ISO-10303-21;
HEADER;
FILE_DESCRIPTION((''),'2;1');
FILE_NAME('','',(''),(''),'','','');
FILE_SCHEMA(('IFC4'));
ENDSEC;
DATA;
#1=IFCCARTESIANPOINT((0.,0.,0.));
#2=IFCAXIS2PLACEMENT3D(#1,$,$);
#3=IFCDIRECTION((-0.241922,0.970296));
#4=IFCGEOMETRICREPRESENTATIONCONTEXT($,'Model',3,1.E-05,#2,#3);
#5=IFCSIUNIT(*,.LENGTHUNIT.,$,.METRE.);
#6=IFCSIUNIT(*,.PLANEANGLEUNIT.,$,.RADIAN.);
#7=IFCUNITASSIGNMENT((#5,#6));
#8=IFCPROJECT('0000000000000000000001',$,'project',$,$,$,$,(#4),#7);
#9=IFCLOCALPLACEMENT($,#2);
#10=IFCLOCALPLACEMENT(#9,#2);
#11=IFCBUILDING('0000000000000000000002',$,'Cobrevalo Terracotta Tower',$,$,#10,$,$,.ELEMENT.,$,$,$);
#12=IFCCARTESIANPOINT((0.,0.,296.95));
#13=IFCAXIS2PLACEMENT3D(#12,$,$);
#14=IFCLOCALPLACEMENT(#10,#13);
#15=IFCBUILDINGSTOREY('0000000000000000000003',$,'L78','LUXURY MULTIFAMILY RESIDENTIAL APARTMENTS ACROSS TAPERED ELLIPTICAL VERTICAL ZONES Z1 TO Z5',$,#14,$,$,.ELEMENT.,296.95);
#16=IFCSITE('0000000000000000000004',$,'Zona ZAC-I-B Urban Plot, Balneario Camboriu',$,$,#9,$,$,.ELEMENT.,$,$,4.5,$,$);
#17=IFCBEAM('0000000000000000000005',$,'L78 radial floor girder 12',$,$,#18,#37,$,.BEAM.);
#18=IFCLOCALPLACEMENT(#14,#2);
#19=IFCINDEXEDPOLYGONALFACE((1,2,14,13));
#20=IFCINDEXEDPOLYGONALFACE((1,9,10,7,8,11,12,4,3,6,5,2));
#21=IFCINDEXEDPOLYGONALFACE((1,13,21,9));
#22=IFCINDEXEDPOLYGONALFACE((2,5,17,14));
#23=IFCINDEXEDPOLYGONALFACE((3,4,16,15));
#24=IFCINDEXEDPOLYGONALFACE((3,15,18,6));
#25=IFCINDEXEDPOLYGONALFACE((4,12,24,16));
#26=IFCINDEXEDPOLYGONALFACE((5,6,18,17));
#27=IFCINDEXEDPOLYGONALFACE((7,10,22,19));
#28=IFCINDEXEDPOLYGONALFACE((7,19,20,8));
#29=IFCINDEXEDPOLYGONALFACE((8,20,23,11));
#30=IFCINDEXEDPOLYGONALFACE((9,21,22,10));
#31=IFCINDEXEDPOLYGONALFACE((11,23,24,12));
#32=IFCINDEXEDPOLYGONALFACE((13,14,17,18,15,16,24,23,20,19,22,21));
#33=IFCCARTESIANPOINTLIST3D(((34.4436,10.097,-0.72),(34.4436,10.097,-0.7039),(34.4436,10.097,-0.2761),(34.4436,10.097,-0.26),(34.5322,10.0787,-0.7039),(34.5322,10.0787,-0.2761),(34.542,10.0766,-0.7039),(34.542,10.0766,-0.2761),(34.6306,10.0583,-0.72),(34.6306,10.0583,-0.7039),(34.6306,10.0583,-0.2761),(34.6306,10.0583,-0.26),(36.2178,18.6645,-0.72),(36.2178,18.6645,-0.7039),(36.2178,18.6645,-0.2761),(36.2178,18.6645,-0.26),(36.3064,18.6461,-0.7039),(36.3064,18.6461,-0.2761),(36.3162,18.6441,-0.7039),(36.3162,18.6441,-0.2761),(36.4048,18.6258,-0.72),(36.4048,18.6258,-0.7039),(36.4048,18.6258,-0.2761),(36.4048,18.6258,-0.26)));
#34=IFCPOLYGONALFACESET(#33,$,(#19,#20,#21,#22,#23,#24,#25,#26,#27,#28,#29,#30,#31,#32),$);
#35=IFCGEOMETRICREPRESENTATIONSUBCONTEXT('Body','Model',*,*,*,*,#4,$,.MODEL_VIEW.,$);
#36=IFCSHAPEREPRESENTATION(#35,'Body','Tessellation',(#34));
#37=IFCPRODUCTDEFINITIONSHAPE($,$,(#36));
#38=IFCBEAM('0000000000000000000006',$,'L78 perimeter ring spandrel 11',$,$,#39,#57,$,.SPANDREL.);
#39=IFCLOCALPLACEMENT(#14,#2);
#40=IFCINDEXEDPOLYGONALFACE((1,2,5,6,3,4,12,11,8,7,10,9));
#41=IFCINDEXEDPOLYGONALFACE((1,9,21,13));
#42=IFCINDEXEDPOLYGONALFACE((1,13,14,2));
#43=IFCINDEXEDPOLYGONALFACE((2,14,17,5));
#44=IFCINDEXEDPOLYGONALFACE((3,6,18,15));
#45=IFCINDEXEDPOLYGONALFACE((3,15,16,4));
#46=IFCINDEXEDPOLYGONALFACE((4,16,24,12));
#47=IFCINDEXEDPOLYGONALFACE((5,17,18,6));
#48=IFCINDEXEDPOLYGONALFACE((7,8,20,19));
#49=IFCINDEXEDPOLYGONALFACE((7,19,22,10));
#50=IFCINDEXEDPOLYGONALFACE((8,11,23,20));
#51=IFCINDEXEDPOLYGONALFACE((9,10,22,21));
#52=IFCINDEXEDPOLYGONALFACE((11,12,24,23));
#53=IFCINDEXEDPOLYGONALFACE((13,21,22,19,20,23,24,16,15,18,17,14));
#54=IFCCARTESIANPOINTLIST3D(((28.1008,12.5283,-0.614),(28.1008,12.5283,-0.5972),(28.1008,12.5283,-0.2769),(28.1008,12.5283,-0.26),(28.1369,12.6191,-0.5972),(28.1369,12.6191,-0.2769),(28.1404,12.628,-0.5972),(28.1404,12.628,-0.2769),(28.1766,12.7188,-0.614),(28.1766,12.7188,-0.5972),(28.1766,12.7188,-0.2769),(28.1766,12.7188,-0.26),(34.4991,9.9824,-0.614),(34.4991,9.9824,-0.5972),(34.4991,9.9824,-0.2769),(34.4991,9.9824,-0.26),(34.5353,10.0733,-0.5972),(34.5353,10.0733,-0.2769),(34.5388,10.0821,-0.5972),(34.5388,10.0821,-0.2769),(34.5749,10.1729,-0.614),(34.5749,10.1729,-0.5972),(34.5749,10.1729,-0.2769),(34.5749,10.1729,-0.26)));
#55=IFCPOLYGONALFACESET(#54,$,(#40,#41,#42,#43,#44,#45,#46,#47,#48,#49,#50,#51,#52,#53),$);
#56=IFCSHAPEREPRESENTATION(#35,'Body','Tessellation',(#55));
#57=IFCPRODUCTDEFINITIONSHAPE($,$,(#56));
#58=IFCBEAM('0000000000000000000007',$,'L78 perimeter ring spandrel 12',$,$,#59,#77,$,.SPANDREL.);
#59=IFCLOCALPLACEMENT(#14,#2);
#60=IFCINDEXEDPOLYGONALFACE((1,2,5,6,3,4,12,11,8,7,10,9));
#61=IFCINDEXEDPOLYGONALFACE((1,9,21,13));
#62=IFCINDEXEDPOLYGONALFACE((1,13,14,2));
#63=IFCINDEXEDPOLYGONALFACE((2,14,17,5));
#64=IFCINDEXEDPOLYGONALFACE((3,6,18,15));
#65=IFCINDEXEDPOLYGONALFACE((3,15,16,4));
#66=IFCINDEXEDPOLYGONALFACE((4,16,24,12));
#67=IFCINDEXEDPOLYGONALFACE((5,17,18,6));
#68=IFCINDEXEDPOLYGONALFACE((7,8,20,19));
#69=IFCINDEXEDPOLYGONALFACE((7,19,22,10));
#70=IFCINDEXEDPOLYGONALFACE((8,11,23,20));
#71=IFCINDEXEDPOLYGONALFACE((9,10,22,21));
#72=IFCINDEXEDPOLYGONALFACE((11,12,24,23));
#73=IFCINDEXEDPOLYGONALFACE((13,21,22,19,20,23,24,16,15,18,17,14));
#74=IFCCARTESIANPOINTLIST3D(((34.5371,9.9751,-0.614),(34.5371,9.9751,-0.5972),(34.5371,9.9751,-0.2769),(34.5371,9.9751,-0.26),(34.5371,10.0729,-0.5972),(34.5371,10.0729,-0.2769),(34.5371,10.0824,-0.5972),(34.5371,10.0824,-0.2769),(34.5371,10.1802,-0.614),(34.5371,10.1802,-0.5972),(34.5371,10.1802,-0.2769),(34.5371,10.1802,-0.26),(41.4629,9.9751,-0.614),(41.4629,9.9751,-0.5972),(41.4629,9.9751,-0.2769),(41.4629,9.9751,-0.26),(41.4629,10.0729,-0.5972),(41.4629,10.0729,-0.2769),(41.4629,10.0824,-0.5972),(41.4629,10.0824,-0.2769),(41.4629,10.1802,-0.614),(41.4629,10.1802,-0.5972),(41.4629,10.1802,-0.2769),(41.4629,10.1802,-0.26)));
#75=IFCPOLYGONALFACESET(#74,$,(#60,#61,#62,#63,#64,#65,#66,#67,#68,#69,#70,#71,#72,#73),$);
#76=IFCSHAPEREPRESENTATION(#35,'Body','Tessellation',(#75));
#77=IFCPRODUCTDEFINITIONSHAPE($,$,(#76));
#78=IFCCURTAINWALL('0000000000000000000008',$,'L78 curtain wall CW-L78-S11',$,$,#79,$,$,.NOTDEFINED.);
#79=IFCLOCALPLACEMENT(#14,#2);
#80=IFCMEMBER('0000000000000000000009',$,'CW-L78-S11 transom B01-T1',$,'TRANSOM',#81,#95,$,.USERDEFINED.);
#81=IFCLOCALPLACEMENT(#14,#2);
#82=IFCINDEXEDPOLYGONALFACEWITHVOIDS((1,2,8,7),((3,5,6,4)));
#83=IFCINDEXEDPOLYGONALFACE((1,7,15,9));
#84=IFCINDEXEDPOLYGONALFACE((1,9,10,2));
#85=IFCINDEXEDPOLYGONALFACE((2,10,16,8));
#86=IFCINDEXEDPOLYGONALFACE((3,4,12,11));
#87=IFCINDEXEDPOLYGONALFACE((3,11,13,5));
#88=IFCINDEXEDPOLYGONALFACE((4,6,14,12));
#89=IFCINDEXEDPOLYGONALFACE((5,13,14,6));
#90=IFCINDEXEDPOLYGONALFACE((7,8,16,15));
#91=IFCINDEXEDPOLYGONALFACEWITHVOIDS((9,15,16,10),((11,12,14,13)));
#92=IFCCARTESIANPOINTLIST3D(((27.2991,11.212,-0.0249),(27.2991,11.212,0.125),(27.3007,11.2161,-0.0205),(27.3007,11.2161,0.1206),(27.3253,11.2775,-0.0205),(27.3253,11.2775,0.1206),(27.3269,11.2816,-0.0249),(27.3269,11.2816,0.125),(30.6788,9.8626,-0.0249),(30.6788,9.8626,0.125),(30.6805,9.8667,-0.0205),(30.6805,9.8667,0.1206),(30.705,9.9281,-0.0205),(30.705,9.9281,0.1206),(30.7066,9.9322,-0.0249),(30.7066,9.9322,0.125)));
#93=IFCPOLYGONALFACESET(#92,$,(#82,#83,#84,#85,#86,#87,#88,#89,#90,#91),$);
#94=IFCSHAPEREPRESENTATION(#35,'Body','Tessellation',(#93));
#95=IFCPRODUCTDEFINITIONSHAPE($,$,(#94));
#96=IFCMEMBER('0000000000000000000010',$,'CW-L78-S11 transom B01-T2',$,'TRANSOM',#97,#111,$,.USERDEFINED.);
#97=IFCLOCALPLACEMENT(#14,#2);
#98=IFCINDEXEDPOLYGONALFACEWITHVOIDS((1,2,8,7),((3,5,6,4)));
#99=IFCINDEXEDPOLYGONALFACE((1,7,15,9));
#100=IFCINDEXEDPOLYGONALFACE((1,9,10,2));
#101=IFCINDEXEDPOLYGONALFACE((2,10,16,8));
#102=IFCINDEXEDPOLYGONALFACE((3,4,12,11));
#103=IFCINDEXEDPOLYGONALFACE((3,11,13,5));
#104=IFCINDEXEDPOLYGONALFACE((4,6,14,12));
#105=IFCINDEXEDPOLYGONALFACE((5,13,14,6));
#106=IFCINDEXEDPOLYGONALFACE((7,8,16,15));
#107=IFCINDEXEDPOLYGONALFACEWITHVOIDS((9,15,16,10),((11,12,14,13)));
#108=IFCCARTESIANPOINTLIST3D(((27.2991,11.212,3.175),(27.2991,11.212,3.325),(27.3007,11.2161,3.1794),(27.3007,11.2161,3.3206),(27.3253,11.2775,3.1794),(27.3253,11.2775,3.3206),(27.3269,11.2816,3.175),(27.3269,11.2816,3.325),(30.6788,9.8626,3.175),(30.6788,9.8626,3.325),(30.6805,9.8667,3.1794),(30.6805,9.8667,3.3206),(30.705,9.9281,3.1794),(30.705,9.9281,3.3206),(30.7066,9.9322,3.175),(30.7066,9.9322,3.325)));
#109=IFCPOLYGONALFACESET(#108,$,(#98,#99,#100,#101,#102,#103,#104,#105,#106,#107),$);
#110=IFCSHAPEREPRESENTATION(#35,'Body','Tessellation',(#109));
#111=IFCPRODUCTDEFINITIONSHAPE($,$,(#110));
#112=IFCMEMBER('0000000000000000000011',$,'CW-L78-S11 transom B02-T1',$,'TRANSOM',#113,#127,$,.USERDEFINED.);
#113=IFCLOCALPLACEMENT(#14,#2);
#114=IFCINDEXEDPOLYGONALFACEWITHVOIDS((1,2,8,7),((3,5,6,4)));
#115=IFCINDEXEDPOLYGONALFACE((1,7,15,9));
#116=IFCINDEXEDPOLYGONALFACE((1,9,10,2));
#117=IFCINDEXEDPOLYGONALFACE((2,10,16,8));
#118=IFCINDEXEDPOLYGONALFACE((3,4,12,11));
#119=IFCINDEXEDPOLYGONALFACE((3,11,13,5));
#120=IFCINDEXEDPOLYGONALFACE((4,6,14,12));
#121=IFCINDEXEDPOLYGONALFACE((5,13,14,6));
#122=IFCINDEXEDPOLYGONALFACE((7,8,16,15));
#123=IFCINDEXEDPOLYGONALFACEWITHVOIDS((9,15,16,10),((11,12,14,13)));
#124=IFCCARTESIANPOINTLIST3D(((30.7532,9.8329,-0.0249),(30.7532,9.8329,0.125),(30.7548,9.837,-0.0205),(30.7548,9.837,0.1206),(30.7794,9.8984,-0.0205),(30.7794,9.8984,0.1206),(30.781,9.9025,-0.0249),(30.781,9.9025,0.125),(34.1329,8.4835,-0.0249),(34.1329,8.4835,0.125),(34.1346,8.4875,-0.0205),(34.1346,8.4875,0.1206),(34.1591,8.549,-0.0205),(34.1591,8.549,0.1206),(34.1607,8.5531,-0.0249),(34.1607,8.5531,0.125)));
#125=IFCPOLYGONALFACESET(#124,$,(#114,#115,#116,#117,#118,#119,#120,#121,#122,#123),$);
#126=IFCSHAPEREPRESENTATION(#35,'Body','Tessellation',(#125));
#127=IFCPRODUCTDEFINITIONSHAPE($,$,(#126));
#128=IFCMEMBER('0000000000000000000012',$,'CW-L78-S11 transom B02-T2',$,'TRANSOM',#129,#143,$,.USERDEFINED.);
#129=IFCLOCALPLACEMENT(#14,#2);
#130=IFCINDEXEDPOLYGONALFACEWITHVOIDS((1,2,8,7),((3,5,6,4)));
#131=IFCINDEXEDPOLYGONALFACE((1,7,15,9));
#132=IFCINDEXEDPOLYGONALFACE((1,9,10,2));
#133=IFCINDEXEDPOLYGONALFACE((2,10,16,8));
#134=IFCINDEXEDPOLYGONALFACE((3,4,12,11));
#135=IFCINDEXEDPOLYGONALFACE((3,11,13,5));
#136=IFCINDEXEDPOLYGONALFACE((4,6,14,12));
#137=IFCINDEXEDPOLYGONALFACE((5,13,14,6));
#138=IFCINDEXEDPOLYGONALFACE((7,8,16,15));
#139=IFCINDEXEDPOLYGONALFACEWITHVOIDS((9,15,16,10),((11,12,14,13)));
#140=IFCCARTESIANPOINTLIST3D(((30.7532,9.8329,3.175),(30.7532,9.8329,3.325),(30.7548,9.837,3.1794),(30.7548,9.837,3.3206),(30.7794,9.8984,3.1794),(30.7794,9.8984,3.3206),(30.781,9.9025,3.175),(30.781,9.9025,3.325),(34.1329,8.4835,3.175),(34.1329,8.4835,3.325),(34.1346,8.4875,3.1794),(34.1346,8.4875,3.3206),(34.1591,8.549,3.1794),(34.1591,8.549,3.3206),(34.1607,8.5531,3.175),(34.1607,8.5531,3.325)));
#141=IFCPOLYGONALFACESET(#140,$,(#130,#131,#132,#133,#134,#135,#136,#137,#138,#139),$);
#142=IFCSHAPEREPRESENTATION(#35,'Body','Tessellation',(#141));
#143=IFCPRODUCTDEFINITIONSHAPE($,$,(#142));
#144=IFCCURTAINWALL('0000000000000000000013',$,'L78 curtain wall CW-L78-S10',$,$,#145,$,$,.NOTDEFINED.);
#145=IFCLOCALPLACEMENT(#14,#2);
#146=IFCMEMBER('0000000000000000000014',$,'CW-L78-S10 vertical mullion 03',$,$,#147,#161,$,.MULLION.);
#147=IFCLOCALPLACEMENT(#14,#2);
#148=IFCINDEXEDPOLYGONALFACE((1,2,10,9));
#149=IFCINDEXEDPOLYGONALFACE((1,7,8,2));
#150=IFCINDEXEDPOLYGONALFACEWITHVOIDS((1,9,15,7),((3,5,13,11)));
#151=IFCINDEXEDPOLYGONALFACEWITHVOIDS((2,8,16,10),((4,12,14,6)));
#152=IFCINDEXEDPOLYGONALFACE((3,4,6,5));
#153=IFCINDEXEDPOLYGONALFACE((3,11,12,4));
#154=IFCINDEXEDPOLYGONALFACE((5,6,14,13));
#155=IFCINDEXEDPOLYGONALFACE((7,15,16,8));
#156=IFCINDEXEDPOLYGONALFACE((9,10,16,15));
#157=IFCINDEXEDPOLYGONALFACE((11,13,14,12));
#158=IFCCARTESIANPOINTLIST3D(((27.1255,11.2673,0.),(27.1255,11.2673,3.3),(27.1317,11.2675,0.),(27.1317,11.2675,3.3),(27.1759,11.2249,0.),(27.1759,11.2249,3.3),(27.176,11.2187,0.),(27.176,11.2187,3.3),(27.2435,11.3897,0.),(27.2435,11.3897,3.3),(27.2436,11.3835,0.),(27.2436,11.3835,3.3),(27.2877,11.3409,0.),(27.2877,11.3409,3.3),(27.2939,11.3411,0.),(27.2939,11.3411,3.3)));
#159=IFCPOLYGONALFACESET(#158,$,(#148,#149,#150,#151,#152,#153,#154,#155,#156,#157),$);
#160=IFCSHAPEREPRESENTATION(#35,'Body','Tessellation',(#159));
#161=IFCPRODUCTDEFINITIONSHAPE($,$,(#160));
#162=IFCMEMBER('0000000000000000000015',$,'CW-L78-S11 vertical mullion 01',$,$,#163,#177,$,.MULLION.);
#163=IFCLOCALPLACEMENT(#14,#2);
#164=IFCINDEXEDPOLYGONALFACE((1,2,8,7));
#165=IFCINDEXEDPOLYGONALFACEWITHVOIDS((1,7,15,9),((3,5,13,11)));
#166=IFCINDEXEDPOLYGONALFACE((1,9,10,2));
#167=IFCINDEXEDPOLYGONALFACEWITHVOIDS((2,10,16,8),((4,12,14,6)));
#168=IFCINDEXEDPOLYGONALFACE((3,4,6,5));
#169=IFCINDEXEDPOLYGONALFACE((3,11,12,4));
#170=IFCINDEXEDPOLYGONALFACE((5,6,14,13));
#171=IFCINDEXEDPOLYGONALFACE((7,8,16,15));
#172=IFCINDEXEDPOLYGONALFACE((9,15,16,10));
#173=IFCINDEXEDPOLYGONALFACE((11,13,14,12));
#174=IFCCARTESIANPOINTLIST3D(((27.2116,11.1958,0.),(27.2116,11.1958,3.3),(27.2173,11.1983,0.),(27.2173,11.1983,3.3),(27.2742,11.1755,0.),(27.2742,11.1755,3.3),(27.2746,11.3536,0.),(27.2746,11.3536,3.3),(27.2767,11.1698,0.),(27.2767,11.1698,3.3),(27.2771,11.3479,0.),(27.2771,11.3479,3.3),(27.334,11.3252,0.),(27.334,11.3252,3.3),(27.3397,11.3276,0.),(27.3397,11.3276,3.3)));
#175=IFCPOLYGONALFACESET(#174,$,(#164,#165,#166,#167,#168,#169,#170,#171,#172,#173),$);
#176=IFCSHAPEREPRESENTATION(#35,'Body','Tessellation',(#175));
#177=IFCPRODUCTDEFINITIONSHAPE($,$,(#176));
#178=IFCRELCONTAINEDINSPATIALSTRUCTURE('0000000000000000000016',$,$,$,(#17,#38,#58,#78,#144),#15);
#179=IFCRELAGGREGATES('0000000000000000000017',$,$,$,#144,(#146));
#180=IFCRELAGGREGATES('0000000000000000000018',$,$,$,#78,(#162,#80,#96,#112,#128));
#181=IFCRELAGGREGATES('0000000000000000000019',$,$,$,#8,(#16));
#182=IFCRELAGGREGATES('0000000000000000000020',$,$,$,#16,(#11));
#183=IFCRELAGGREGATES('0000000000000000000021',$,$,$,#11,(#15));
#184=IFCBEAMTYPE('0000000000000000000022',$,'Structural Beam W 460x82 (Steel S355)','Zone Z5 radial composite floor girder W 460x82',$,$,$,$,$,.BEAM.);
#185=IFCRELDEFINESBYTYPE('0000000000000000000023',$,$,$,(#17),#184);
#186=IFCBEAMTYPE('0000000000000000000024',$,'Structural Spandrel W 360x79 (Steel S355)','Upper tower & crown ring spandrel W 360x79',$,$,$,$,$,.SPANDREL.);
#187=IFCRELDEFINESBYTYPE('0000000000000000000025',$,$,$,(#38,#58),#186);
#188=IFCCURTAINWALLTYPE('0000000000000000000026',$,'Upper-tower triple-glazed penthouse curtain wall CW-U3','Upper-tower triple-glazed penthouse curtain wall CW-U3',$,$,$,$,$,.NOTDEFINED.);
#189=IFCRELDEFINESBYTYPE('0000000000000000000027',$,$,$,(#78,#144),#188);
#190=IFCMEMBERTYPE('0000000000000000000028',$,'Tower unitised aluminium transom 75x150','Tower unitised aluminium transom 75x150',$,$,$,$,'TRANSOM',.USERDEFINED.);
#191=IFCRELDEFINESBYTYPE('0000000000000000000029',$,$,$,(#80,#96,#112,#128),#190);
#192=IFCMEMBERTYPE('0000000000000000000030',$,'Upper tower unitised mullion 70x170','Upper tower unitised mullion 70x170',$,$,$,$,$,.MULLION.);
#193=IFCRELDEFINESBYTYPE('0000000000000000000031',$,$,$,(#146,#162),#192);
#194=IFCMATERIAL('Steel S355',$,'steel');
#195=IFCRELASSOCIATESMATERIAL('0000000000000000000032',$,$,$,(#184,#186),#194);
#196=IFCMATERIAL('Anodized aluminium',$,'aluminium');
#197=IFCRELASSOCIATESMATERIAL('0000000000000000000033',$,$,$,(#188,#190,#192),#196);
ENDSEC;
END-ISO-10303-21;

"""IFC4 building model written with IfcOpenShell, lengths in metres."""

from ifc_helpers import new_model, si_unit, direction, frame, origin, origin_2d, place, context, subcontext, project, spatial, hollow_rectangle, i_section, extrude, source, transform, mapped, material, material_profile, profile_set, type_object, element, aggregate, save


model = new_model("IFC4")

# Units and contexts
model_context = context("Model", 3, precision=1e-05, world=origin(), true_north=direction((-0.241922, 0.970296)))
body_context = subcontext(model_context, "Body", "Model", "MODEL_VIEW")
ifc_project = project(units=[si_unit("LENGTHUNIT", "METRE"), si_unit("PLANEANGLEUNIT", "RADIAN")], contexts=[model_context])

# Site, building, storey
site_placement = place(None, origin())
site = spatial("IfcSite", under=ifc_project, at=site_placement, Name="Zona ZAC-I-B Urban Plot, Balneario Camboriu", CompositionType="ELEMENT", RefElevation=4.5)
building_placement = place(site_placement, origin())
building = spatial("IfcBuilding", under=site, at=building_placement, Name="Cobrevalo Terracotta Tower", CompositionType="ELEMENT")
storey_placement = place(building_placement, frame((0.0, 0.0, 296.95)))
storey = spatial("IfcBuildingStorey", under=building, at=storey_placement, Name="L78", Description="LUXURY MULTIFAMILY RESIDENTIAL APARTMENTS ACROSS TAPERED ELLIPTICAL VERTICAL ZONES Z1 TO Z5", CompositionType="ELEMENT", Elevation=296.95)

# Shared definitions
ifc_material_1 = material(Name="Steel S355", Category="steel")

# Beams
ifc_material_profile_1 = material_profile(ifc_material_1, i_section(OverallWidth=0.1909, OverallDepth=0.46, WebThickness=0.01, FlangeThickness=0.0161, at=origin_2d()), Name="W 460x82")
ifc_profile_set_1 = profile_set([ifc_material_profile_1], Name="Steel S355")
beam_type_1 = type_object("IfcBeamType", Name="Structural Beam W 460x82 (Steel S355)", Description="Zone Z5 radial composite floor girder W 460x82", PredefinedType="BEAM", material=ifc_profile_set_1)
beam_1_placement = place(storey_placement, frame((34.5371, 10.0776, -0.49), z_axis=(0.202782, 0.979224, 0.0), x_axis=(-0.979224, 0.202782, 0.0)))
element("IfcBeam", 1, at=beam_1_placement, inside=storey, type_object=beam_type_1, Name="L78 radial floor girder 12", PredefinedType="BEAM", context=body_context, shape_type="SweptSolid", body=[
    extrude(i_section(OverallWidth=0.1909, OverallDepth=0.46, WebThickness=0.01, FlangeThickness=0.0161, at=origin_2d()), origin(), (0.0, 0.0, 1.0), 8.7493),
])
ifc_material_profile_2 = material_profile(ifc_material_1, i_section(OverallWidth=0.2051, OverallDepth=0.354, WebThickness=0.0095, FlangeThickness=0.0168, at=origin_2d()), Name="W 360x79")
ifc_profile_set_2 = profile_set([ifc_material_profile_2], Name="Steel S355")
beam_type_2 = type_object("IfcBeamType", Name="Structural Spandrel W 360x79 (Steel S355)", Description="Upper tower & crown ring spandrel W 360x79", PredefinedType="SPANDREL", material=ifc_profile_set_2)
beam_2_placement = place(storey_placement, frame((28.1387, 12.6235, -0.437), z_axis=(0.92915, -0.369703, 0.0), x_axis=(0.369703, 0.92915, 0.0)))
element("IfcBeam", 2, at=beam_2_placement, inside=storey, type_object=beam_type_2, Name="L78 perimeter ring spandrel 11", PredefinedType="SPANDREL", context=body_context, shape_type="SweptSolid", body=[
    extrude(i_section(OverallWidth=0.2051, OverallDepth=0.354, WebThickness=0.0095, FlangeThickness=0.0168, at=origin_2d()), origin(), (0.0, 0.0, 1.0), 6.8862),
])
beam_3_placement = place(storey_placement, frame((34.5371, 10.0776, -0.437), z_axis=(1.0, 0.0, 0.0), x_axis=(0.0, 1.0, 0.0)))
element("IfcBeam", 3, at=beam_3_placement, inside=storey, type_object=beam_type_2, Name="L78 perimeter ring spandrel 12", PredefinedType="SPANDREL", context=body_context, shape_type="SweptSolid", body=[
    extrude(i_section(OverallWidth=0.2051, OverallDepth=0.354, WebThickness=0.0095, FlangeThickness=0.0168, at=origin_2d()), origin(), (0.0, 0.0, 1.0), 6.9258),
])

# Curtain wall, members
ifc_material_2 = material(Name="Anodized aluminium", Category="aluminium")
curtain_wall_type = type_object("IfcCurtainWallType", Name="Upper-tower triple-glazed penthouse curtain wall CW-U3", Description="Upper-tower triple-glazed penthouse curtain wall CW-U3", PredefinedType="NOTDEFINED", material=ifc_material_2)
curtain_wall_1_placement = place(storey_placement, origin())
curtain_wall_1 = element("IfcCurtainWall", 4, at=curtain_wall_1_placement, inside=storey, type_object=curtain_wall_type, Name="L78 curtain wall CW-L78-S11", PredefinedType="NOTDEFINED")
ifc_material_profile_3 = material_profile(ifc_material_2, hollow_rectangle(XDim=0.075, YDim=0.1499, WallThickness=0.0044, at=origin_2d()), Name="CWT 75x150")
ifc_profile_set_3 = profile_set([ifc_material_profile_3], Name="Anodized aluminium")
member_type_1 = type_object("IfcMemberType", Name="Tower unitised aluminium transom 75x150", Description="Tower unitised aluminium transom 75x150", ElementType="TRANSOM", PredefinedType="USERDEFINED", material=ifc_profile_set_3)
shared_shape_1 = source(origin(), body_context, "Body", "SweptSolid", [
    extrude(hollow_rectangle(XDim=0.075, YDim=0.1499, WallThickness=0.0044, at=origin_2d()), origin(), (0.0, 0.0, 1.0), 3.6392),
])
member_1_placement = place(storey_placement, frame((27.313, 11.2468, 0.05), z_axis=(0.928712, -0.370801, 0.0), x_axis=(0.370801, 0.928712, 0.0)))
member_1 = element("IfcMember", 5, at=member_1_placement, type_object=member_type_1, Name="CW-L78-S11 transom B01-T1", ObjectType="TRANSOM", PredefinedType="USERDEFINED", context=body_context, shape_type="MappedRepresentation", body=[
    mapped(shared_shape_1, transform((0.0, 0.0, 0.0), scale=1.0)),
])
member_2_placement = place(storey_placement, frame((27.313, 11.2468, 3.25), z_axis=(0.928712, -0.370801, 0.0), x_axis=(0.370801, 0.928712, 0.0)))
member_2 = element("IfcMember", 6, at=member_2_placement, type_object=member_type_1, Name="CW-L78-S11 transom B01-T2", ObjectType="TRANSOM", PredefinedType="USERDEFINED", context=body_context, shape_type="MappedRepresentation", body=[
    mapped(shared_shape_1, transform((0.0, 0.0, 0.0), scale=1.0)),
])
member_3_placement = place(storey_placement, frame((30.7671, 9.8677, 0.05), z_axis=(0.928712, -0.370801, 0.0), x_axis=(0.370801, 0.928712, 0.0)))
member_3 = element("IfcMember", 7, at=member_3_placement, type_object=member_type_1, Name="CW-L78-S11 transom B02-T1", ObjectType="TRANSOM", PredefinedType="USERDEFINED", context=body_context, shape_type="MappedRepresentation", body=[
    mapped(shared_shape_1, transform((0.0, 0.0, 0.0), scale=1.0)),
])
member_4_placement = place(storey_placement, frame((30.7671, 9.8677, 3.25), z_axis=(0.928712, -0.370801, 0.0), x_axis=(0.370801, 0.928712, 0.0)))
member_4 = element("IfcMember", 8, at=member_4_placement, type_object=member_type_1, Name="CW-L78-S11 transom B02-T2", ObjectType="TRANSOM", PredefinedType="USERDEFINED", context=body_context, shape_type="MappedRepresentation", body=[
    mapped(shared_shape_1, transform((0.0, 0.0, 0.0), scale=1.0)),
])

# Curtain wall, member
curtain_wall_2_placement = place(storey_placement, origin())
curtain_wall_2 = element("IfcCurtainWall", 9, at=curtain_wall_2_placement, inside=storey, type_object=curtain_wall_type, Name="L78 curtain wall CW-L78-S10", PredefinedType="NOTDEFINED")
ifc_material_profile_4 = material_profile(ifc_material_2, hollow_rectangle(XDim=0.0701, YDim=0.1699, WallThickness=0.0044, at=origin_2d()), Name="CWM 70x170")
ifc_profile_set_4 = profile_set([ifc_material_profile_4], Name="Anodized aluminium")
member_type_2 = type_object("IfcMemberType", Name="Upper tower unitised mullion 70x170", Description="Upper tower unitised mullion 70x170", PredefinedType="MULLION", material=ifc_profile_set_4)
shared_shape_2 = source(origin(), body_context, "Body", "SweptSolid", [
    extrude(hollow_rectangle(XDim=0.0701, YDim=0.1699, WallThickness=0.0044, at=origin_2d()), origin(), (0.0, 0.0, 1.0), 3.3),
])
member_5_placement = place(storey_placement, frame((27.2097, 11.3042, 0.0), z_axis=(0.0, 0.0, 1.0), x_axis=(0.719994, -0.69398, 0.0)))
member_5 = element("IfcMember", 10, at=member_5_placement, type_object=member_type_2, Name="CW-L78-S10 vertical mullion 03", PredefinedType="MULLION", context=body_context, shape_type="MappedRepresentation", body=[
    mapped(shared_shape_2, transform((0.0, 0.0, 0.0), scale=1.0)),
])
aggregate(curtain_wall_2, [member_5])

# Member
member_6_placement = place(storey_placement, frame((27.2756, 11.2617, 0.0), z_axis=(0.0, 0.0, 1.0), x_axis=(0.928719, -0.370784, 0.0)))
member_6 = element("IfcMember", 11, at=member_6_placement, type_object=member_type_2, Name="CW-L78-S11 vertical mullion 01", PredefinedType="MULLION", context=body_context, shape_type="MappedRepresentation", body=[
    mapped(shared_shape_2, transform((0.0, 0.0, 0.0), scale=1.0)),
])

aggregate(curtain_wall_1, [member_6, member_1, member_2, member_3, member_4])

save(model, "model.ifc")
